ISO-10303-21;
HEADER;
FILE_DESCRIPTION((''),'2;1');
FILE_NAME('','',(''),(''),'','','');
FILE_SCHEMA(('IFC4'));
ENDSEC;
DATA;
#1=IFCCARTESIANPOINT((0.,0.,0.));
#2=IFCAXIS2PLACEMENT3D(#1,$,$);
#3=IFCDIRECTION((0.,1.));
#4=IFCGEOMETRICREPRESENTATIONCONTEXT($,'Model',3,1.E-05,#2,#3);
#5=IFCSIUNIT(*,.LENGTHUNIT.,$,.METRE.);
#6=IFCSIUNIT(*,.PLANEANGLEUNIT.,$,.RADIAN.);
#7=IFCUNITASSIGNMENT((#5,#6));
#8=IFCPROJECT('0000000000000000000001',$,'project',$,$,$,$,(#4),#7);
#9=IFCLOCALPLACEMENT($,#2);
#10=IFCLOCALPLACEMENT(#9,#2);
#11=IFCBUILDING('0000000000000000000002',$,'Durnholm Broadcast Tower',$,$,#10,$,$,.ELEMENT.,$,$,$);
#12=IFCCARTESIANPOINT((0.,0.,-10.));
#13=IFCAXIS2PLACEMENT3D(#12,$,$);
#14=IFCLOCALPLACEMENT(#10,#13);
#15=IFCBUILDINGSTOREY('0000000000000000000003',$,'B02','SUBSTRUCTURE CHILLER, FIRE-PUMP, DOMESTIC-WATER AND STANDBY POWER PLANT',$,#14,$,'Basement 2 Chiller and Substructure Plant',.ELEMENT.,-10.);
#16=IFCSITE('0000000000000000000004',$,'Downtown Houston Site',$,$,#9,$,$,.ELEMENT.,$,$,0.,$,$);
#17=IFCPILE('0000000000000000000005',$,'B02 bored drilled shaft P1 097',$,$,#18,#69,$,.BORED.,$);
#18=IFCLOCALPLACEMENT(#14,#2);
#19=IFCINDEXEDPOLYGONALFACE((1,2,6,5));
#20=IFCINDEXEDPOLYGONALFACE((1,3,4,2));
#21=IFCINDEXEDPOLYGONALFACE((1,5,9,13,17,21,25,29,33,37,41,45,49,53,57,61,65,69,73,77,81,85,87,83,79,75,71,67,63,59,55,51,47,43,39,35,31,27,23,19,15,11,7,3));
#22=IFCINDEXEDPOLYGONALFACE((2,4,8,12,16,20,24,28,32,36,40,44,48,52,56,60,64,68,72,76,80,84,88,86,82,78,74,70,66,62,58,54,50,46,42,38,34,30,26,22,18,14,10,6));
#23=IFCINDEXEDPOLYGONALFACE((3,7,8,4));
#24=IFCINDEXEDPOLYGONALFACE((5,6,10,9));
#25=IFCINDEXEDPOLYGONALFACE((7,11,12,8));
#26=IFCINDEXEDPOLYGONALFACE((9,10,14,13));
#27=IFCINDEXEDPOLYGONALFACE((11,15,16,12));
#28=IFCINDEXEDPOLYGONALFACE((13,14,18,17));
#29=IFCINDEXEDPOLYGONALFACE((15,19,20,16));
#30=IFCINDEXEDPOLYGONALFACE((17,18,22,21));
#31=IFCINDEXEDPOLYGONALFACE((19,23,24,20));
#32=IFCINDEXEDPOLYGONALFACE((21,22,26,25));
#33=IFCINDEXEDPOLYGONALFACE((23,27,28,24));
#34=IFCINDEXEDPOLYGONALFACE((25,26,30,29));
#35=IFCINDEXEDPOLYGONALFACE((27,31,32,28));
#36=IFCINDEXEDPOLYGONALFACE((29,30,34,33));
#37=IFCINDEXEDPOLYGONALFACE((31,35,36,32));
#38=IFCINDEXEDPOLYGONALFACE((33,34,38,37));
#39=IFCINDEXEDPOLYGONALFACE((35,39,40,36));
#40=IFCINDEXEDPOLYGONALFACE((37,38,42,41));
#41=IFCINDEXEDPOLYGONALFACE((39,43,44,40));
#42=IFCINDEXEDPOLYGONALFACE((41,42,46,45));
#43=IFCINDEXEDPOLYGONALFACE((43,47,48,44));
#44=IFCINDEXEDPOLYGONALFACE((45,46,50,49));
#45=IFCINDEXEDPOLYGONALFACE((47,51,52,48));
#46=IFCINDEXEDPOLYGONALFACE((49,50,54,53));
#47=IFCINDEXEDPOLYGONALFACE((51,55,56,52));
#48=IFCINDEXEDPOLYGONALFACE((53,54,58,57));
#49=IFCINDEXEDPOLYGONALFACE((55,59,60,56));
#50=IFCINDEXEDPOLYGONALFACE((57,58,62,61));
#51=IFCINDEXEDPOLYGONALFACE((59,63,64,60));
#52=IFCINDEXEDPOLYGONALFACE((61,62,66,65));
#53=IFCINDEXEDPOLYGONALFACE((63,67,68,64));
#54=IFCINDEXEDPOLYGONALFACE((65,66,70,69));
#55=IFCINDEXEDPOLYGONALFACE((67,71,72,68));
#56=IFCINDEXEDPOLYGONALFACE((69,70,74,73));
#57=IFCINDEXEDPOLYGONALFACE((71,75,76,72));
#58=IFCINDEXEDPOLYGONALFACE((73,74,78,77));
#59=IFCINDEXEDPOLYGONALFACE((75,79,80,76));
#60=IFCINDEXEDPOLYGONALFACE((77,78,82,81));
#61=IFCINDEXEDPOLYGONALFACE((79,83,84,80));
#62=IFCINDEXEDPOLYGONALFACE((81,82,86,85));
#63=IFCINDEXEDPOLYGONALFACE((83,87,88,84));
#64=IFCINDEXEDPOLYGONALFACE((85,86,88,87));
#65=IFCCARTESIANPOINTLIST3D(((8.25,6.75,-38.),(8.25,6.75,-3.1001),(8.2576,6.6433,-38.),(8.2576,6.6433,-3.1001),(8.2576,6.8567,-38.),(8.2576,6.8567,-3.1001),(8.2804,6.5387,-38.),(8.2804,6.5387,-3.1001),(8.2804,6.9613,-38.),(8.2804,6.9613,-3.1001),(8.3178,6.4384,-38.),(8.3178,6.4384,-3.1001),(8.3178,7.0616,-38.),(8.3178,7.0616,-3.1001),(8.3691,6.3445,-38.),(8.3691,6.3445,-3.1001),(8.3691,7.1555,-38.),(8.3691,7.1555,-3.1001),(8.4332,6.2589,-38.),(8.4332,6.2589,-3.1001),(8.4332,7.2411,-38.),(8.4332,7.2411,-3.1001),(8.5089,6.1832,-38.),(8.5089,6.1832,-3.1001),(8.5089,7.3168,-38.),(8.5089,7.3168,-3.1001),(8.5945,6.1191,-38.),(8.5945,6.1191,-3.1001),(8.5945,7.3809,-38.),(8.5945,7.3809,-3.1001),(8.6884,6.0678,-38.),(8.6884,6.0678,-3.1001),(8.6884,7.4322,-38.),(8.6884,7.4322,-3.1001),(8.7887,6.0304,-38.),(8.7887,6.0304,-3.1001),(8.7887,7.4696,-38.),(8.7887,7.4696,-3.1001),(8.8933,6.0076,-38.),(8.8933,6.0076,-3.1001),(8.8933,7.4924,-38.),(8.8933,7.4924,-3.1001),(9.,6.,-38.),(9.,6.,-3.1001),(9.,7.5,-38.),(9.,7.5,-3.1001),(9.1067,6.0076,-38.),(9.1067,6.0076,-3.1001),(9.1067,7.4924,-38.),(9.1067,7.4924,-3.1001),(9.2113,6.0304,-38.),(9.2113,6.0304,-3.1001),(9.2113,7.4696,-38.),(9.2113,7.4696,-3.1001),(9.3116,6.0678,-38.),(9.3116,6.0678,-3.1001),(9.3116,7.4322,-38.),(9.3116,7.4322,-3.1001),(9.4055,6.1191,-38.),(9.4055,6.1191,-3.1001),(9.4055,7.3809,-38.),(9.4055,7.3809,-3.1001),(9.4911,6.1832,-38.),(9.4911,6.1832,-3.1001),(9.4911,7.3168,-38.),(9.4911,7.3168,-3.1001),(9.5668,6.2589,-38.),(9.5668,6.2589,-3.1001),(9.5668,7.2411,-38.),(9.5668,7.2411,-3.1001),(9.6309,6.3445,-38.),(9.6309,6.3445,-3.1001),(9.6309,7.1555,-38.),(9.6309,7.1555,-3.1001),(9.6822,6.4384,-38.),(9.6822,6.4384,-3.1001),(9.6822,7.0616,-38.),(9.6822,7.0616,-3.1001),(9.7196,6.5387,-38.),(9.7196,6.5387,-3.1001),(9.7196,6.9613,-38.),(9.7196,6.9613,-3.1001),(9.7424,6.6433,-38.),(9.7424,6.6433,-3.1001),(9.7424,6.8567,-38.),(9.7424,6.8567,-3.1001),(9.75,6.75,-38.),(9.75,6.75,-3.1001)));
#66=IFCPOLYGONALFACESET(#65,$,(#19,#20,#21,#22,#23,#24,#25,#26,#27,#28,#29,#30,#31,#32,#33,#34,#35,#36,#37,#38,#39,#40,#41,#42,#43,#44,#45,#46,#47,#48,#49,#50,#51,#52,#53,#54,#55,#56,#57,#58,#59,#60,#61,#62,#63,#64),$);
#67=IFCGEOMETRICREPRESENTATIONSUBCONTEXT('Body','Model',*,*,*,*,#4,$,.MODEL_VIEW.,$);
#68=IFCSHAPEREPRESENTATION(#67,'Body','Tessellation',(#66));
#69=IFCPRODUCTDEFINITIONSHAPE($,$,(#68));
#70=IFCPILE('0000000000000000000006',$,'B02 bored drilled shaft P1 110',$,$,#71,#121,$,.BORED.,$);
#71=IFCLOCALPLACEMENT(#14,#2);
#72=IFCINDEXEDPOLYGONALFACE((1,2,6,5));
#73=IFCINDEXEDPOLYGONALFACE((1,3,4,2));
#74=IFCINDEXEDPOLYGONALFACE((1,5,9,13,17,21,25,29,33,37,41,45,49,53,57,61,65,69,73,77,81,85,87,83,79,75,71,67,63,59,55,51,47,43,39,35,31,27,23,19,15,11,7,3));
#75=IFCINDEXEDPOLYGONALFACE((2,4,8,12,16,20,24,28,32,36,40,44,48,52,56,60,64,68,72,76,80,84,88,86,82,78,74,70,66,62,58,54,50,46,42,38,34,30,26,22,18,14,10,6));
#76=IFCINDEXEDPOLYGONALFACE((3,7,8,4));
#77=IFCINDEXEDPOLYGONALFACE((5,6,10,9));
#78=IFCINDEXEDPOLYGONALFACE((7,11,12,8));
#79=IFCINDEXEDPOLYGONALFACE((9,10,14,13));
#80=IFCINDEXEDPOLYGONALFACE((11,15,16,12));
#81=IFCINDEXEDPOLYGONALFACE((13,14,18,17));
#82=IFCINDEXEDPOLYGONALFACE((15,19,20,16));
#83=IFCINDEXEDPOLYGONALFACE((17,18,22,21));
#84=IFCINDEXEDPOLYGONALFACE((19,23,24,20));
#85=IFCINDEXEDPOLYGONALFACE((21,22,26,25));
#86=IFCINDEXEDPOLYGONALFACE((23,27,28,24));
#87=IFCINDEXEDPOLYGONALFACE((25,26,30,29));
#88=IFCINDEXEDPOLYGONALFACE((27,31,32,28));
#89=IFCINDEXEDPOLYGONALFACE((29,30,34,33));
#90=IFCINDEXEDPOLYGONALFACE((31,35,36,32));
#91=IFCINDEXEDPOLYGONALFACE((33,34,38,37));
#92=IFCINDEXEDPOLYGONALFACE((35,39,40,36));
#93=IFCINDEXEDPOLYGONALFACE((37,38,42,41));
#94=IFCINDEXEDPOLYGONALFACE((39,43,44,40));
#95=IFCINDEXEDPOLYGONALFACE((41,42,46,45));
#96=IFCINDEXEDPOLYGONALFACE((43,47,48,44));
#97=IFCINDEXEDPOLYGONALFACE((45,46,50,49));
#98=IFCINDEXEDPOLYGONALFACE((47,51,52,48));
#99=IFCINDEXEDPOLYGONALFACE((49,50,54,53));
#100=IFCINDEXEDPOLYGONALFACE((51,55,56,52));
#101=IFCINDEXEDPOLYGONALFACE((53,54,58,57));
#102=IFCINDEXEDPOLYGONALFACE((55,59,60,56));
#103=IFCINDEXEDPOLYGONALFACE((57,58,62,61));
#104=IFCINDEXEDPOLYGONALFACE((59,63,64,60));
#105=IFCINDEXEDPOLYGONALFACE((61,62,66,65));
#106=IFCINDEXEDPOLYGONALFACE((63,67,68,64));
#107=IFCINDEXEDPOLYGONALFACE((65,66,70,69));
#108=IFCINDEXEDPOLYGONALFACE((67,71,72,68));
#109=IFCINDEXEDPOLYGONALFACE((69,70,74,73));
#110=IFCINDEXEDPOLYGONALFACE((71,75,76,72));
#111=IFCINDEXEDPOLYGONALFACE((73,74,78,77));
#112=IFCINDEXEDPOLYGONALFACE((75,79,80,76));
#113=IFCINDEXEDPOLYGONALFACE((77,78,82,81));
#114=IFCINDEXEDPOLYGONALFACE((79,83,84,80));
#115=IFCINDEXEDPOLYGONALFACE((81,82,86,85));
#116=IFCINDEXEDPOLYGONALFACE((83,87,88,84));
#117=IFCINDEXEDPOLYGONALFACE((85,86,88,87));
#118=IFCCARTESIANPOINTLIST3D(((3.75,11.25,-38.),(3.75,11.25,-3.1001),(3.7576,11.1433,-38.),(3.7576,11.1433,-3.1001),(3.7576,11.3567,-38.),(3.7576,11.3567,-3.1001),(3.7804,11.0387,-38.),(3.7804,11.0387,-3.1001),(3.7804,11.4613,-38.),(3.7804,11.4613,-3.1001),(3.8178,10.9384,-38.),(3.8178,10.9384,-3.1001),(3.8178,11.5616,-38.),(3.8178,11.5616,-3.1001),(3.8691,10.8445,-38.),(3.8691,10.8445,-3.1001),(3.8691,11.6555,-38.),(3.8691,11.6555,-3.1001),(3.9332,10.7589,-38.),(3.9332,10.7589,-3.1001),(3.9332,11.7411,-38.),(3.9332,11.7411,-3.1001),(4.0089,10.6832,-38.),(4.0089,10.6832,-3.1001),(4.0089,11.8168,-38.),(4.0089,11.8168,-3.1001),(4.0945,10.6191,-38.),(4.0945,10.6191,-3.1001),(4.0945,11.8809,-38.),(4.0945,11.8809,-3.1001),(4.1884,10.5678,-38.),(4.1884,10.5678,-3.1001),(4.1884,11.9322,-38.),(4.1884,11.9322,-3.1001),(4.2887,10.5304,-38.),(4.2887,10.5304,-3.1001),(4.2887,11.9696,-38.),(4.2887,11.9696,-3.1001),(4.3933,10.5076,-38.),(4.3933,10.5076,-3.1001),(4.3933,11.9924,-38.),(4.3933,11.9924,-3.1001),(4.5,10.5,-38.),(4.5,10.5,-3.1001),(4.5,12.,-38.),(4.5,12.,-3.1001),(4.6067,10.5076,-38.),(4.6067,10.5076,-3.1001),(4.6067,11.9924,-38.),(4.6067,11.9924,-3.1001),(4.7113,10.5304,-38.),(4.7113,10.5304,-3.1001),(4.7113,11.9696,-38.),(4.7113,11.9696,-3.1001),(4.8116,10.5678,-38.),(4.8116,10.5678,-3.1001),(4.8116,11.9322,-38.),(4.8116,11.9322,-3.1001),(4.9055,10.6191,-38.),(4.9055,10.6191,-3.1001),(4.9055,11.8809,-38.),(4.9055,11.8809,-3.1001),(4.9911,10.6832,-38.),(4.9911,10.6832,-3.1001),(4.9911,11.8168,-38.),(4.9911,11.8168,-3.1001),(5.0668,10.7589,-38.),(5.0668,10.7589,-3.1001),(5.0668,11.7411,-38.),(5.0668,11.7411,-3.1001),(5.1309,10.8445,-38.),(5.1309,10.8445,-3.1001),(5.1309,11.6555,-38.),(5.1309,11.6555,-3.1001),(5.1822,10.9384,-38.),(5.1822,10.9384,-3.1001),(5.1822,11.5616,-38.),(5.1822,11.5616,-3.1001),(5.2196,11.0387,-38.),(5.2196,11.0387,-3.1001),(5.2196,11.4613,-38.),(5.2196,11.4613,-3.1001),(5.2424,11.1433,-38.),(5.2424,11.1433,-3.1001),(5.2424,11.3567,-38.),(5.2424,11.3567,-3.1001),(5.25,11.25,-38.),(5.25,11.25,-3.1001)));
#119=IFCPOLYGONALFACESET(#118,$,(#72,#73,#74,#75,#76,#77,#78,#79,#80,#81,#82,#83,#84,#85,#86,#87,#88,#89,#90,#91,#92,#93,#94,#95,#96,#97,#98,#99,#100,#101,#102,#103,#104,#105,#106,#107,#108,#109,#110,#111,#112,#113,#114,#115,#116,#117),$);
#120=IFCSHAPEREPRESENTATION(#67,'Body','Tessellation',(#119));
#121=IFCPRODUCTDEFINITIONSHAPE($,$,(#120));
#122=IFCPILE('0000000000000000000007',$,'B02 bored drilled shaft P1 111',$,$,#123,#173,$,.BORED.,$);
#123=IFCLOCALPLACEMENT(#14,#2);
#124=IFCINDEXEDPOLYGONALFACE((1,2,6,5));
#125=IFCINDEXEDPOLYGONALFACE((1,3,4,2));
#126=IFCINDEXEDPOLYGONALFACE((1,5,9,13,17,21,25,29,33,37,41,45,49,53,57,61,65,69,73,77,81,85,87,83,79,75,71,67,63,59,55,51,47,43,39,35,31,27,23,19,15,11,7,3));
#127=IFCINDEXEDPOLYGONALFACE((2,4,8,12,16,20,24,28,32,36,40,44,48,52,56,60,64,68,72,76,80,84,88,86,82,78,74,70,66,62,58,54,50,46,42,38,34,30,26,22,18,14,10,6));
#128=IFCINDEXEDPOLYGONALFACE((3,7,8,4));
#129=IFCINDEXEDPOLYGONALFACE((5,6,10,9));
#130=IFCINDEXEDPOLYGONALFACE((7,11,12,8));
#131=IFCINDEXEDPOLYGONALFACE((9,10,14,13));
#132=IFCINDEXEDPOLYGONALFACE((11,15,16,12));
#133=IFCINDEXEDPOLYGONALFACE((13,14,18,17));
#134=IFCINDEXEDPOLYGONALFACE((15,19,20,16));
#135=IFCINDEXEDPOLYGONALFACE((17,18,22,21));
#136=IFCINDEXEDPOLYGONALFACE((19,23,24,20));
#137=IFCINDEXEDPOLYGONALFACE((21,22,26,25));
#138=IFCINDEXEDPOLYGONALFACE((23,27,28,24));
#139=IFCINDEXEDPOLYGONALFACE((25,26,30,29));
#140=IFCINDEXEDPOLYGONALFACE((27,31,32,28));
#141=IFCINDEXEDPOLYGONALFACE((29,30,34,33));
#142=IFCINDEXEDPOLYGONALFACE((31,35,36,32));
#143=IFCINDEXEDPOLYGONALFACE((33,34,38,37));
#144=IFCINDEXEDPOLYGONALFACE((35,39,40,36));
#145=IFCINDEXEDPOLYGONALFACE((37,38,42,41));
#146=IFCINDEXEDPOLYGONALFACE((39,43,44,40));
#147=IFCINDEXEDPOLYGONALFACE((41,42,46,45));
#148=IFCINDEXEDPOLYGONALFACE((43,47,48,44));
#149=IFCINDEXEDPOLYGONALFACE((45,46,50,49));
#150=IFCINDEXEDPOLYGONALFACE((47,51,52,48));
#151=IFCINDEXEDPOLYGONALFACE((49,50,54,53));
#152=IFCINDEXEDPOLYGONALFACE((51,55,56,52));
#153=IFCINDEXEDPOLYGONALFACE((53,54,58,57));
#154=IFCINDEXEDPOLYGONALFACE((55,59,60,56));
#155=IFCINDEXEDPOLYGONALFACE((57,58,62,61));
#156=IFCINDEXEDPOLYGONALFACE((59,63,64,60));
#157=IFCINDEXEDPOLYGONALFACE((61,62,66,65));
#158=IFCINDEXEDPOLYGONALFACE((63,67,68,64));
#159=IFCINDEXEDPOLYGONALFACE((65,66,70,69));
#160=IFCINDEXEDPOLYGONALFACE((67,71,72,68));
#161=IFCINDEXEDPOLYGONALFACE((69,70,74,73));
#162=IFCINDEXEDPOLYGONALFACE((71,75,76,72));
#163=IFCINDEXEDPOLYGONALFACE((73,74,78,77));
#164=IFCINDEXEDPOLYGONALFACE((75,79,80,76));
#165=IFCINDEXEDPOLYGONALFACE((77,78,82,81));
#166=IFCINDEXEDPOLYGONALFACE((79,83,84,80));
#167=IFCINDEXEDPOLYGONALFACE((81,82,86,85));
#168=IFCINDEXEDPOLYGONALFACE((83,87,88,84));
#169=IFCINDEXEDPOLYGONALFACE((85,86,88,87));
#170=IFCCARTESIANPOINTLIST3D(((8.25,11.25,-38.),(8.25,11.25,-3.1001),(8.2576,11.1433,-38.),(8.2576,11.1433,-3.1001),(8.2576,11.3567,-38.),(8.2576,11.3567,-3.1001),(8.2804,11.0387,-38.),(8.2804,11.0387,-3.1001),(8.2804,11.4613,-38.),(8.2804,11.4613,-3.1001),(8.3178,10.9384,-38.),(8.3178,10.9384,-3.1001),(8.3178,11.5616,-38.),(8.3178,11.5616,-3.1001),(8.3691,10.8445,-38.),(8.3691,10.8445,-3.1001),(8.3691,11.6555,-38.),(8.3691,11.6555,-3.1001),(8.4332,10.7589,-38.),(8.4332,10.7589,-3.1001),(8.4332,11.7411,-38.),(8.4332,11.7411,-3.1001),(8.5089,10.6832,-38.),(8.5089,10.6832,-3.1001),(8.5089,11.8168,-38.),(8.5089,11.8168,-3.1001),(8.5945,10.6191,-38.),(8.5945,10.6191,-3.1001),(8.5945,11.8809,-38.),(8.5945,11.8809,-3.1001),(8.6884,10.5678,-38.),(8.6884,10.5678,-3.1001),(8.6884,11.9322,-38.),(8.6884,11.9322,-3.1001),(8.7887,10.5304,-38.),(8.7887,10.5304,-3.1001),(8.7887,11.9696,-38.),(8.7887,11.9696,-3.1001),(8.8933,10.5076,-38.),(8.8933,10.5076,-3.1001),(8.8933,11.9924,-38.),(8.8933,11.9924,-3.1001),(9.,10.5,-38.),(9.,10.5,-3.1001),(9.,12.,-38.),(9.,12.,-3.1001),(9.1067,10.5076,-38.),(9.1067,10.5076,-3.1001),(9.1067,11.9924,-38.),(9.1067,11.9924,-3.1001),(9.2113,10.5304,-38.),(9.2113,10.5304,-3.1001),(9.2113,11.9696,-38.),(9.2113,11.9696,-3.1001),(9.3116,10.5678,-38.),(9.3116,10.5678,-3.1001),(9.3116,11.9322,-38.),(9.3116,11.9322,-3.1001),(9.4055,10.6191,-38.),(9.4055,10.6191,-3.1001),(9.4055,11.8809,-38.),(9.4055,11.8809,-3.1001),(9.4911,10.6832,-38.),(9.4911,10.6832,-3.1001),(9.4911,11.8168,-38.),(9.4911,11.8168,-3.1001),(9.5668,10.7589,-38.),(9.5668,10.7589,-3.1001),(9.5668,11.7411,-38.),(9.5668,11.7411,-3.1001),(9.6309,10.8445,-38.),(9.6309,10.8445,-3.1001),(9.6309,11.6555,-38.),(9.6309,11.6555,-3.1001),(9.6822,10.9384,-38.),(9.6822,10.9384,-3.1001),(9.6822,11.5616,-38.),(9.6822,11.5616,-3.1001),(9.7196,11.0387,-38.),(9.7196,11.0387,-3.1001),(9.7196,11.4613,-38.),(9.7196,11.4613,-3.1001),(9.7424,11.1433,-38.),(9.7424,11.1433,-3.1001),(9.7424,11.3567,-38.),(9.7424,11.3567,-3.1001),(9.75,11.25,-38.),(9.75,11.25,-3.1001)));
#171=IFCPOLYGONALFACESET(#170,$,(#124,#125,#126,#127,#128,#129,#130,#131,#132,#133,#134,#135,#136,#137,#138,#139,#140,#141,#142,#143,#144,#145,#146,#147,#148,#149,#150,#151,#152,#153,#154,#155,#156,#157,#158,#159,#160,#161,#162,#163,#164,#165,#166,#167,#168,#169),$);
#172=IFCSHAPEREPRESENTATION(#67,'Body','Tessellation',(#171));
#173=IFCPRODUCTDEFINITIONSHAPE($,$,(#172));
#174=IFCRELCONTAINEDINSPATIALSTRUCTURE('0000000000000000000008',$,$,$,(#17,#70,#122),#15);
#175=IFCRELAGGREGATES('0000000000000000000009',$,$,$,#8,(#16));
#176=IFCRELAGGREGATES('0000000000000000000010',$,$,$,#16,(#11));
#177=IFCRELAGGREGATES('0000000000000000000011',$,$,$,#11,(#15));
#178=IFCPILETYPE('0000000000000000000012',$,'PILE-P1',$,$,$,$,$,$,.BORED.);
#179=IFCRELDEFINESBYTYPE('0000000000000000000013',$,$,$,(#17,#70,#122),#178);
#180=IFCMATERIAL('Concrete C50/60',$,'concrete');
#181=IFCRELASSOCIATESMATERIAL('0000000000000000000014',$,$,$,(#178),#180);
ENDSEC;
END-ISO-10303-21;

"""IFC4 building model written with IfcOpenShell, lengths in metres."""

from ifc_helpers import new_model, si_unit, direction, frame, origin, origin_2d, place, context, subcontext, project, spatial, circle, extrude, source, transform, mapped, material, material_profile, profile_set, type_object, type_shapes, element, save


model = new_model("IFC4")

# Units and contexts
model_context = context("Model", 3, precision=1e-05, world=origin(), true_north=direction((0.0, 1.0)))
body_context = subcontext(model_context, "Body", "Model", "MODEL_VIEW")
ifc_project = project(units=[si_unit("LENGTHUNIT", "METRE"), si_unit("PLANEANGLEUNIT", "RADIAN")], contexts=[model_context])

# Site, building, storey
site_placement = place(None, origin())
site = spatial("IfcSite", under=ifc_project, at=site_placement, Name="Downtown Houston Site", CompositionType="ELEMENT", RefElevation=0.0)
building_placement = place(site_placement, origin())
building = spatial("IfcBuilding", under=site, at=building_placement, Name="Durnholm Broadcast Tower", CompositionType="ELEMENT")
storey_placement = place(building_placement, frame((0.0, 0.0, -10.0)))
storey = spatial("IfcBuildingStorey", under=building, at=storey_placement, Name="B02", Description="SUBSTRUCTURE CHILLER, FIRE-PUMP, DOMESTIC-WATER AND STANDBY POWER PLANT", LongName="Basement 2 Chiller and Substructure Plant", CompositionType="ELEMENT", Elevation=-10.0)

# Piles
ifc_material_1 = material(Name="Concrete C50/60", Category="concrete")
ifc_material_profile_1 = material_profile(ifc_material_1, circle(Radius=0.75, at=origin_2d()), Name="PILE1500")
ifc_profile_set_1 = profile_set([ifc_material_profile_1], Name="Concrete C50/60")
pile_type_1 = type_object("IfcPileType", Name="PILE-P1", PredefinedType="BORED", material=ifc_profile_set_1)
shared_shape_1 = source(origin(), body_context, "Body", "SweptSolid", [
    extrude(circle(Radius=0.75, at=origin_2d()), origin(), (0.0, 0.0, 1.0), 34.8999),
])
type_shapes(pile_type_1, [shared_shape_1])
for number, where, z_axis, x_axis, name in (
    (1, (9.0, 6.75, -3.1001), (0.0, 0.0, -1.0), (1.0, 0.0, 0.0), "B02 bored drilled shaft P1 097"),
    (2, (4.5, 11.25, -3.1001), (0.0, 0.0, -1.0), (1.0, 0.0, 0.0), "B02 bored drilled shaft P1 110"),
    (3, (9.0, 11.25, -3.1001), (0.0, 0.0, -1.0), (1.0, 0.0, 0.0), "B02 bored drilled shaft P1 111"),
):
    element("IfcPile", number, at=place(storey_placement, frame(where, z_axis=z_axis, x_axis=x_axis)), inside=storey, type_object=pile_type_1, Name=name, PredefinedType="BORED", context=body_context, shape_type="MappedRepresentation", body=[
        mapped(shared_shape_1, transform((0.0, 0.0, 0.0), x_axis=(1.0, 0.0, 0.0), y_axis=(0.0, 1.0, 0.0), z_axis=(0.0, 0.0, 1.0), scale=1.0)),
    ])

save(model, "model.ifc")
